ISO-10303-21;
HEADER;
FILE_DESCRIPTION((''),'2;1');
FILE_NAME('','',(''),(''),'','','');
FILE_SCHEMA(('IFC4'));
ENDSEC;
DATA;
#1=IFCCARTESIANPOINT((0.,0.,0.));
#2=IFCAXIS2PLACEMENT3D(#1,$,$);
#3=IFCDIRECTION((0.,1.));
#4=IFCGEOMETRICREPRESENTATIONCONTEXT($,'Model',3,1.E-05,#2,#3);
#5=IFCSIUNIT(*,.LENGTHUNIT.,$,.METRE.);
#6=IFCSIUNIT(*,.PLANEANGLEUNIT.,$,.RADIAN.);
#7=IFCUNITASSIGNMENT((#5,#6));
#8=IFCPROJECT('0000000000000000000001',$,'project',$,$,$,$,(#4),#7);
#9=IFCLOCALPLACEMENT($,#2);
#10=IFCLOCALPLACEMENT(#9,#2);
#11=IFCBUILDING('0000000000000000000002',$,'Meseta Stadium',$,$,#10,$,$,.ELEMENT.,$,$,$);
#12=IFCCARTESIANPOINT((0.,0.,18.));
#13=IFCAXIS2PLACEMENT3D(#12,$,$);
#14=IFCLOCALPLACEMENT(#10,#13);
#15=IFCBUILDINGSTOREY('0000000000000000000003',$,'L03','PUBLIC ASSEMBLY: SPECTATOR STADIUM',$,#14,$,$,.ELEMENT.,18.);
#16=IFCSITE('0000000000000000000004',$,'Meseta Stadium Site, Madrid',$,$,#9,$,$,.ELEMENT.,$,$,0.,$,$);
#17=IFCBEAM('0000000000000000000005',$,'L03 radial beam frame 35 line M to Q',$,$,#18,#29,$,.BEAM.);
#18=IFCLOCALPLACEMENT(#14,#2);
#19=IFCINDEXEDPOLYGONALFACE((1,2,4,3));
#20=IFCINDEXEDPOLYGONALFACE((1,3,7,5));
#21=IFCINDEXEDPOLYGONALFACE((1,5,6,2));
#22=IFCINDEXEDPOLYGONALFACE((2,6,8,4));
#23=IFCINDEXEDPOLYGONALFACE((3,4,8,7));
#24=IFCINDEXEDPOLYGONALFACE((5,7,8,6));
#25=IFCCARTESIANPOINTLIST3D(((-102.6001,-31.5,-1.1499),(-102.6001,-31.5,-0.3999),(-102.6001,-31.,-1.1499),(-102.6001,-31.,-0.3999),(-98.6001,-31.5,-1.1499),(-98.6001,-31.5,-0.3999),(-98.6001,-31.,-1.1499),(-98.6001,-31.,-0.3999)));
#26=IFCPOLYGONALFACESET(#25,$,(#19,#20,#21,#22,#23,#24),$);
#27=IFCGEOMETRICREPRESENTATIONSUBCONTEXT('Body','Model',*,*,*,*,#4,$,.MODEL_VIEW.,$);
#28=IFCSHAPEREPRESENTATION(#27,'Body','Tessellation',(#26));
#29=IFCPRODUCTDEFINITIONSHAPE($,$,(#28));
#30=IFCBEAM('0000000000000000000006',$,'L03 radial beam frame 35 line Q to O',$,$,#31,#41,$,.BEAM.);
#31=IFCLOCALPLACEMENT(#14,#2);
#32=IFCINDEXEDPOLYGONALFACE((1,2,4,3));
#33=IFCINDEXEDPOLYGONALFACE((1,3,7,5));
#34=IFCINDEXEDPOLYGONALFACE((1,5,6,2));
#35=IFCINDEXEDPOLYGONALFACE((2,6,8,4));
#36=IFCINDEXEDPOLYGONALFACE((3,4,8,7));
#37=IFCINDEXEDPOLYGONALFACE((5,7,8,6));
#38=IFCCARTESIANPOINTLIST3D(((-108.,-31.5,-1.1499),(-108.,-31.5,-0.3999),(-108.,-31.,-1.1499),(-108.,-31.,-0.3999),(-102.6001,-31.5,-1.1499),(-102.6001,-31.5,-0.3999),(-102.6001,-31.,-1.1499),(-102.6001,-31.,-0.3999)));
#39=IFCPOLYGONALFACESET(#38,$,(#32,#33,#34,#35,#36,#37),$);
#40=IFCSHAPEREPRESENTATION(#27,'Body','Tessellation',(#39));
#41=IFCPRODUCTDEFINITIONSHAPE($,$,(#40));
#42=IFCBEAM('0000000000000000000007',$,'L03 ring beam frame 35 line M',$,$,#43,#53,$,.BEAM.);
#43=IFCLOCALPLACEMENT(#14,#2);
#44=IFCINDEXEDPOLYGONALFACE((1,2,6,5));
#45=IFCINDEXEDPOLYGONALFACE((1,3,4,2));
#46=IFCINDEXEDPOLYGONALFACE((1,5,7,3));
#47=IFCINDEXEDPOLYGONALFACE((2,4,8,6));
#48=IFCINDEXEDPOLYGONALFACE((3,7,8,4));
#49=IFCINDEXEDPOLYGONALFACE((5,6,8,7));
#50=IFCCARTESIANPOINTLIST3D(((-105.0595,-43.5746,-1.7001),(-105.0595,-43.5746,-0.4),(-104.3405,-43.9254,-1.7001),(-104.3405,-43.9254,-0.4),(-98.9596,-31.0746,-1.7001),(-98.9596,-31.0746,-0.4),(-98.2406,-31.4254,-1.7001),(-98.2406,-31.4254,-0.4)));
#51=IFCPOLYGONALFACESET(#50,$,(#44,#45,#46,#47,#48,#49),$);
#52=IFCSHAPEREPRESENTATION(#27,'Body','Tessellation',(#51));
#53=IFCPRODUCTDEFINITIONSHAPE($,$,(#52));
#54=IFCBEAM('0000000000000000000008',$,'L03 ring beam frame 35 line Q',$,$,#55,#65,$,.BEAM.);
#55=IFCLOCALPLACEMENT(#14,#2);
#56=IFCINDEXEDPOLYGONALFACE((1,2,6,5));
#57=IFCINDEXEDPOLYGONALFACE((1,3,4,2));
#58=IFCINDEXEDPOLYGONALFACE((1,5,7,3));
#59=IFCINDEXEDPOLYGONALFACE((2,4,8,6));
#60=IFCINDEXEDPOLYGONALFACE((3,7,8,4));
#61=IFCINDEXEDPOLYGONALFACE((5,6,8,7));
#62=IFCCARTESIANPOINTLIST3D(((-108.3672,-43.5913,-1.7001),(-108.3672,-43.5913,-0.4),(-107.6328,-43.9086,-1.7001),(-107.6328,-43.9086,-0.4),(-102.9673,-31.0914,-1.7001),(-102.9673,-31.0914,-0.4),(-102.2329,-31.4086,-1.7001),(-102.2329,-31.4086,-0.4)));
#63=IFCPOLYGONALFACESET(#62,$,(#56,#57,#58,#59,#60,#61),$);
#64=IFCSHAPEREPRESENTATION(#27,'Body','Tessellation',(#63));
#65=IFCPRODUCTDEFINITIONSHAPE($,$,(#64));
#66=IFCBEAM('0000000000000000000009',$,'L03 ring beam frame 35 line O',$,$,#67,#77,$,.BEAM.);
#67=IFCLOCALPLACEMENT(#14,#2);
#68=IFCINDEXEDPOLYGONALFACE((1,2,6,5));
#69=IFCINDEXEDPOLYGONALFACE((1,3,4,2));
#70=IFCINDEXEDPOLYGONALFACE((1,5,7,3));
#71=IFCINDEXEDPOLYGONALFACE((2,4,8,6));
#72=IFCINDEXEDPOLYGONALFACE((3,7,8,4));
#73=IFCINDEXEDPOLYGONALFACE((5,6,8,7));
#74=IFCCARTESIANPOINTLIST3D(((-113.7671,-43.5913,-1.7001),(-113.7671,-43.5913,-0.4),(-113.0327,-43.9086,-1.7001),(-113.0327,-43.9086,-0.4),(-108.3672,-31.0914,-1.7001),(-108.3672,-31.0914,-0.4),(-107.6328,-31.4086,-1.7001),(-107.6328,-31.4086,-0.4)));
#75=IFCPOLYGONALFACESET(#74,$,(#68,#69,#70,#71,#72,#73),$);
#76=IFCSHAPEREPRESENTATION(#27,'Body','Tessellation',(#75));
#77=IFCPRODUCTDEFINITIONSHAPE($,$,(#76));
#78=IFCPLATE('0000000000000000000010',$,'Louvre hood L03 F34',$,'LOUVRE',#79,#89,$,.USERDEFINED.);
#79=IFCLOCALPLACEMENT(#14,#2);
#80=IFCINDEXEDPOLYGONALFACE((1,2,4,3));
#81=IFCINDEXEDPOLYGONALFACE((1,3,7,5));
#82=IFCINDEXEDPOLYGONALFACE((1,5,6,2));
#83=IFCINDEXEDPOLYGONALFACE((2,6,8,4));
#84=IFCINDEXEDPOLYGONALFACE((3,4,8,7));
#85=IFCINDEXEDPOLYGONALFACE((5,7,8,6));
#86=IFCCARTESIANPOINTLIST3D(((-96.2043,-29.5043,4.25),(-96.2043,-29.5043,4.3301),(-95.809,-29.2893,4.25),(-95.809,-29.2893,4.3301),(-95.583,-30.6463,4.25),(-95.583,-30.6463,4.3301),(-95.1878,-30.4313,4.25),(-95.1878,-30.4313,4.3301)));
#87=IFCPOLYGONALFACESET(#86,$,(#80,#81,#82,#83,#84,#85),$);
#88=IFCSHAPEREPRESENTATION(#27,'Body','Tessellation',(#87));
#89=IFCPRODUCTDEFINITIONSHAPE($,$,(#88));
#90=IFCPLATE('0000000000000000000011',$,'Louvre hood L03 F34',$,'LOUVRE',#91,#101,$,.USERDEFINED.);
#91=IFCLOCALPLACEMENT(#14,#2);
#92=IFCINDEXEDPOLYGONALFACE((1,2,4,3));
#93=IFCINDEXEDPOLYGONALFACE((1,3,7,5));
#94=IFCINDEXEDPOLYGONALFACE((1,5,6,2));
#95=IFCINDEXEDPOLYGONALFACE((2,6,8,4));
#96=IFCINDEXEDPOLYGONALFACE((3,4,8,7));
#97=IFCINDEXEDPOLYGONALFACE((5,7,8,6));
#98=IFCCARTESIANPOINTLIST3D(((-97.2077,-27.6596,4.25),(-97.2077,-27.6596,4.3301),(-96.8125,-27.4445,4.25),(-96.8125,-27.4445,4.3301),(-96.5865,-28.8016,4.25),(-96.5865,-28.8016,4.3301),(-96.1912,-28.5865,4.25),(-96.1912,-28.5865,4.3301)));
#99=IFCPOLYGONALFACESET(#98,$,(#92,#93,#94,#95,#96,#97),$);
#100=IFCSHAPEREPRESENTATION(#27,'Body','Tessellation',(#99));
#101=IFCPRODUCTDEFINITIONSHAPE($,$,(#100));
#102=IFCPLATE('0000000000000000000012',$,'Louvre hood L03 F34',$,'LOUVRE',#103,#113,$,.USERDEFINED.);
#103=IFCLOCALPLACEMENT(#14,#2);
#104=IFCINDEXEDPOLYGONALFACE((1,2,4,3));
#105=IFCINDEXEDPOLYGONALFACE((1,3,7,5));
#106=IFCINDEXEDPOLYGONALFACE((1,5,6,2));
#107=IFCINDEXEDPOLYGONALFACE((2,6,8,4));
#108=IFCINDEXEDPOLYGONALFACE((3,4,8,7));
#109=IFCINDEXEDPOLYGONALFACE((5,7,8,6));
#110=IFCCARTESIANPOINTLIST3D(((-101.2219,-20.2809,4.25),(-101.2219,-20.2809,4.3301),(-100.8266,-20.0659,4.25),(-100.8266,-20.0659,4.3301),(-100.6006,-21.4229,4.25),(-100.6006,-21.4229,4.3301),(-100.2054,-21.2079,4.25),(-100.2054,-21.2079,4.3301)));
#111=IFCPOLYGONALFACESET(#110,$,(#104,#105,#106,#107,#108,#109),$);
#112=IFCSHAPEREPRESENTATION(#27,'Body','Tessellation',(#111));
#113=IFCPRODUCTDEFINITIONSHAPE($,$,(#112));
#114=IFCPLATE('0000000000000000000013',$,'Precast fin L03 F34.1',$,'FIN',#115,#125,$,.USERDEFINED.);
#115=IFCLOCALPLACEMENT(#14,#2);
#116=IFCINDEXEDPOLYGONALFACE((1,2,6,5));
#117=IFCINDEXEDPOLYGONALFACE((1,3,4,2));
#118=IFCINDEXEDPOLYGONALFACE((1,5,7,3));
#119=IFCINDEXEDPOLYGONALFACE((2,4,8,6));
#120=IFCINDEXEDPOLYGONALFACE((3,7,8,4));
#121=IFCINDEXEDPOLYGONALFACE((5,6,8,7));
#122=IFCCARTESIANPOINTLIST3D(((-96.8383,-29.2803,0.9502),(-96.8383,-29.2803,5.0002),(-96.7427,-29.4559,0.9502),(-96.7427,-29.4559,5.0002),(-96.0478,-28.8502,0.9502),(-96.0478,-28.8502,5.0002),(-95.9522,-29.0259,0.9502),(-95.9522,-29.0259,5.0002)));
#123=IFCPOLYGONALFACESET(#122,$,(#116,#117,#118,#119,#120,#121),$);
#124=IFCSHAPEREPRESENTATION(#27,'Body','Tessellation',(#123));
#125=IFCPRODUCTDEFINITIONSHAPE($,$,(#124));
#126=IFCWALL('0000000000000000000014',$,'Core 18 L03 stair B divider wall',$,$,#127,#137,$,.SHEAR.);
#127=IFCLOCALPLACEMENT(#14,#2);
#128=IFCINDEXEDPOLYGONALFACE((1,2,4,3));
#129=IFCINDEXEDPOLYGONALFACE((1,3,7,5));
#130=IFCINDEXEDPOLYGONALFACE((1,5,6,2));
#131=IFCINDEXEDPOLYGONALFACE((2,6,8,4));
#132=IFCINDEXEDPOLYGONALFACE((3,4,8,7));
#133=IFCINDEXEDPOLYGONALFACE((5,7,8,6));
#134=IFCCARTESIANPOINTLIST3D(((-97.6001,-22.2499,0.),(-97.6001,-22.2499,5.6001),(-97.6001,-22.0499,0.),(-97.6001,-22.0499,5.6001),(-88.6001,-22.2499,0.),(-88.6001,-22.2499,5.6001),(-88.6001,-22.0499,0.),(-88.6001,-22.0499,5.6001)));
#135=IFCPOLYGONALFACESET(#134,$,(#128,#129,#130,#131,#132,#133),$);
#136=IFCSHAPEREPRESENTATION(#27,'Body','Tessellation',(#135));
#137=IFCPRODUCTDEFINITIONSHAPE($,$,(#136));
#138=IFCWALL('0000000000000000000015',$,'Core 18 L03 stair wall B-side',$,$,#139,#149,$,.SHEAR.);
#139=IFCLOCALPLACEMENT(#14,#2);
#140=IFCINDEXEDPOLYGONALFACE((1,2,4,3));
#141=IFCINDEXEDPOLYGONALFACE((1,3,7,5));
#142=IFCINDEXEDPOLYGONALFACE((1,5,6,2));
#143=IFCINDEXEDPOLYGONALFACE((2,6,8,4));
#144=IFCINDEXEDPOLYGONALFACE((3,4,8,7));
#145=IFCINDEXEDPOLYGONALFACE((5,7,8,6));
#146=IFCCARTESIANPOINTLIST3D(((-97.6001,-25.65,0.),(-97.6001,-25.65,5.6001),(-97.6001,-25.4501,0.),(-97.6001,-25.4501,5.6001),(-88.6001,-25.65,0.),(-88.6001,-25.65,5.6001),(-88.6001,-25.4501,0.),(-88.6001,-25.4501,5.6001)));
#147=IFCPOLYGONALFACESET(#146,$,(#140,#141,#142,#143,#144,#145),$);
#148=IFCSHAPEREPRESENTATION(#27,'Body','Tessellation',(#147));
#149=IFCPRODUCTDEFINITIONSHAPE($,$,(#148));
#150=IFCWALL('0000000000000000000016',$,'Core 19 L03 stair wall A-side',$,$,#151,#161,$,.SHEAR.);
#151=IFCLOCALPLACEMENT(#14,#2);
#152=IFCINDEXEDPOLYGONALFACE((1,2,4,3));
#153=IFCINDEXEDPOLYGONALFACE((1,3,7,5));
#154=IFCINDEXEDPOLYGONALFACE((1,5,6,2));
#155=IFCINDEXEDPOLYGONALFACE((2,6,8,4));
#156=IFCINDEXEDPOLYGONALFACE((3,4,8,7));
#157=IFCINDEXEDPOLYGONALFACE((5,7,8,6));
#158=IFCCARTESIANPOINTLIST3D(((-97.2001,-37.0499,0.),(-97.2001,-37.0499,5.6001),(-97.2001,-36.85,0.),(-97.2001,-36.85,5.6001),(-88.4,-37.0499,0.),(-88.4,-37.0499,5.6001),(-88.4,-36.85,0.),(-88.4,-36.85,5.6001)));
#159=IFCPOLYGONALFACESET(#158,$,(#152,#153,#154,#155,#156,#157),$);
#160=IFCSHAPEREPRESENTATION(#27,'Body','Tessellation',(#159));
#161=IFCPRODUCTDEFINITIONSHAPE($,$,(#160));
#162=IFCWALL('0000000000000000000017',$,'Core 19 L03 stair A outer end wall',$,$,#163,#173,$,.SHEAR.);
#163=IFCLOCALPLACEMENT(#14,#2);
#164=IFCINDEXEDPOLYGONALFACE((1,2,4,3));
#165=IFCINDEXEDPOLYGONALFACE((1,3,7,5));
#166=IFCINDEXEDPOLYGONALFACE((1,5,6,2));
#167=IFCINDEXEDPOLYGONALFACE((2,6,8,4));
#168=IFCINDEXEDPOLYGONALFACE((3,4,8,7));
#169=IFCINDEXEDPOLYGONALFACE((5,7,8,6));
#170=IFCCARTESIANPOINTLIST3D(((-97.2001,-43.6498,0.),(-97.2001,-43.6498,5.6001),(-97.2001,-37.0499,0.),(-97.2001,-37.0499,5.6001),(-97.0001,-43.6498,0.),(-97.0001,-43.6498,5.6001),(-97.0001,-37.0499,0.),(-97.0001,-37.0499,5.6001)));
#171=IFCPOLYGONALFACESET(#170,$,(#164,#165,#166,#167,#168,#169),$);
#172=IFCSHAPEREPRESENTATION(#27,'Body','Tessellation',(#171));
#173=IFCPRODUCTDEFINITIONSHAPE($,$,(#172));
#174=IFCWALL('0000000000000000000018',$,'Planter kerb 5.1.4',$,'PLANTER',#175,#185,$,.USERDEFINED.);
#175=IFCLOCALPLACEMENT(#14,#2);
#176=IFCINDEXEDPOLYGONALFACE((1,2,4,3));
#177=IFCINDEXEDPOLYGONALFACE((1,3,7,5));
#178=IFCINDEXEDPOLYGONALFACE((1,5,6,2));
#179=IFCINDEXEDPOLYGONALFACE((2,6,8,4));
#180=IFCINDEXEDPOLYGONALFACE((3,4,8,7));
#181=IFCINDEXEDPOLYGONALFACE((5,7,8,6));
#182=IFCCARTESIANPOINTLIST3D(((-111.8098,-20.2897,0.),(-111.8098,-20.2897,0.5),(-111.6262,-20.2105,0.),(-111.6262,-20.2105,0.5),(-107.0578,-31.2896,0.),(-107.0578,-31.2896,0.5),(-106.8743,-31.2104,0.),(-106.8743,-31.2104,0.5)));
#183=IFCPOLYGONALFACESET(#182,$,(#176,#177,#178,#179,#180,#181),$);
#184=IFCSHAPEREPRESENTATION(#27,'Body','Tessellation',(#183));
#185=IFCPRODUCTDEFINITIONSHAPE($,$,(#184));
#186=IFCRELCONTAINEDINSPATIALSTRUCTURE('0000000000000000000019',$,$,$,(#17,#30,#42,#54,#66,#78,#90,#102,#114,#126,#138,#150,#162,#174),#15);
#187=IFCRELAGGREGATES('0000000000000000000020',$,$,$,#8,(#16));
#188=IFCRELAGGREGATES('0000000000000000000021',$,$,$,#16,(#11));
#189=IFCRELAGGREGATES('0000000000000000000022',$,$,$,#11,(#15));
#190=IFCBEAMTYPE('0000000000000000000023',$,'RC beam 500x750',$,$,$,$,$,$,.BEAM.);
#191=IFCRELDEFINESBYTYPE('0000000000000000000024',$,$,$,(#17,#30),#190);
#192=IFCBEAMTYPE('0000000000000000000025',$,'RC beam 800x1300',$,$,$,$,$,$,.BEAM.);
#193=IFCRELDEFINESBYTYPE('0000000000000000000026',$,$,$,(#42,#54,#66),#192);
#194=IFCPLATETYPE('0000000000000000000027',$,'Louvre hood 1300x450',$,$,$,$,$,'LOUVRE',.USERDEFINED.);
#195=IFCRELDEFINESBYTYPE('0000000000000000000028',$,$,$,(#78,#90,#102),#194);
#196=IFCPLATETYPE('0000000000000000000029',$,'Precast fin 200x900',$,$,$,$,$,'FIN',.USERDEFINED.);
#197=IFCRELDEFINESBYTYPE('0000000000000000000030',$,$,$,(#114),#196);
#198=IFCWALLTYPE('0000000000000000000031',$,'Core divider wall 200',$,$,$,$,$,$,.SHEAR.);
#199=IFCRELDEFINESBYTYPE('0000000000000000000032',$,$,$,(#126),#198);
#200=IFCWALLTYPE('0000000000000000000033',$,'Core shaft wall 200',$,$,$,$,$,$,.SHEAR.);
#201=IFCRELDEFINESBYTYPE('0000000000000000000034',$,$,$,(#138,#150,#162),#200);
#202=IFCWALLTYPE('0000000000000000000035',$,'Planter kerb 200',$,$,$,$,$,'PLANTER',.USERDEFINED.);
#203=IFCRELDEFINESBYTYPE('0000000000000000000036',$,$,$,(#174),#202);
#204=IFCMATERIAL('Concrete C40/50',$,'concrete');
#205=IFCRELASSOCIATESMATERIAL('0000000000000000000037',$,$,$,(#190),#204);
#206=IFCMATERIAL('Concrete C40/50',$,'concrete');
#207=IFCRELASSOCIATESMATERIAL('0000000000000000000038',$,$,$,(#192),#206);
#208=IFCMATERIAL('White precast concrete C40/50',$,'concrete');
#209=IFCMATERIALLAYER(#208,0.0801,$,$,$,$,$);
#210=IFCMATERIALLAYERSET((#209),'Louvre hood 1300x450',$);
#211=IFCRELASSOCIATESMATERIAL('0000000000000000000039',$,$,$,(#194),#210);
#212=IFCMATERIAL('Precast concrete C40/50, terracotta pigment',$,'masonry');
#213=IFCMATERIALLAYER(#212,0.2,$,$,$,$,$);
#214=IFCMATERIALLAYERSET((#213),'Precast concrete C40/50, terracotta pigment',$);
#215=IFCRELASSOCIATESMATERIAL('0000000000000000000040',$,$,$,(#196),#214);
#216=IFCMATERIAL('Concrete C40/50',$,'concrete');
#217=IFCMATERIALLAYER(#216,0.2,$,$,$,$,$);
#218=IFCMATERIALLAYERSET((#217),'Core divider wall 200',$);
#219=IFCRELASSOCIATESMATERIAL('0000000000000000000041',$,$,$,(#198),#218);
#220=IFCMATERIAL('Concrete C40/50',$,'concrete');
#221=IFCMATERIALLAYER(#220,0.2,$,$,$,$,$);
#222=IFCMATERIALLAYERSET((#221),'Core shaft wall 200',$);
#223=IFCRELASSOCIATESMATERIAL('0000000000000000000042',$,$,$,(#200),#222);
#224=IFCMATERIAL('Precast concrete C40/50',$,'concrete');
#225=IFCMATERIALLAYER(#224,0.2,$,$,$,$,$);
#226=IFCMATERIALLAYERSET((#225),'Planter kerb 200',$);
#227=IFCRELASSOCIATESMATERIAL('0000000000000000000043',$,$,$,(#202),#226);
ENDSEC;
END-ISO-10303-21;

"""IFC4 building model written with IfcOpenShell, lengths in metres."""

from ifc_helpers import new_model, si_unit, direction, frame, frame_2d, origin, origin_2d, place, context, subcontext, project, spatial, rectangle, extrude, material, layer, layer_set, material_profile, profile_set, type_object, element, save


model = new_model("IFC4")

# Units and contexts
model_context = context("Model", 3, precision=1e-05, world=origin(), true_north=direction((0.0, 1.0)))
body_context = subcontext(model_context, "Body", "Model", "MODEL_VIEW")
ifc_project = project(units=[si_unit("LENGTHUNIT", "METRE"), si_unit("PLANEANGLEUNIT", "RADIAN")], contexts=[model_context])

# Site, building, storey
site_placement = place(None, origin())
site = spatial("IfcSite", under=ifc_project, at=site_placement, Name="Meseta Stadium Site, Madrid", CompositionType="ELEMENT", RefElevation=0.0)
building_placement = place(site_placement, origin())
building = spatial("IfcBuilding", under=site, at=building_placement, Name="Meseta Stadium", CompositionType="ELEMENT")
storey_placement = place(building_placement, frame((0.0, 0.0, 18.0)))
storey = spatial("IfcBuildingStorey", under=building, at=storey_placement, Name="L03", Description="PUBLIC ASSEMBLY: SPECTATOR STADIUM", CompositionType="ELEMENT", Elevation=18.0)

# Beams
ifc_material_1 = material(Name="Concrete C40/50", Category="concrete")
ifc_material_profile_1 = material_profile(ifc_material_1, rectangle(XDim=0.5, YDim=0.75, at=origin_2d()), Name="RC 500x750")
ifc_profile_set_1 = profile_set([ifc_material_profile_1], Name="Concrete C40/50")
beam_type_1 = type_object("IfcBeamType", Name="RC beam 500x750", PredefinedType="BEAM", material=ifc_profile_set_1)
beam_1_placement = place(storey_placement, frame((-98.6001, -31.25, -0.7749), z_axis=(-1.0, 0.0, 0.0), x_axis=(0.0, -1.0, 0.0)))
element("IfcBeam", 1, at=beam_1_placement, inside=storey, type_object=beam_type_1, Name="L03 radial beam frame 35 line M to Q", PredefinedType="BEAM", context=body_context, shape_type="SweptSolid", body=[
    extrude(rectangle(XDim=0.5, YDim=0.75, at=origin_2d()), origin(), (0.0, 0.0, 1.0), 4.0),
])
beam_2_placement = place(storey_placement, frame((-102.6001, -31.25, -0.7749), z_axis=(-1.0, 0.0, 0.0), x_axis=(0.0, -1.0, 0.0)))
element("IfcBeam", 2, at=beam_2_placement, inside=storey, type_object=beam_type_1, Name="L03 radial beam frame 35 line Q to O", PredefinedType="BEAM", context=body_context, shape_type="SweptSolid", body=[
    extrude(rectangle(XDim=0.5, YDim=0.75, at=origin_2d()), origin(), (0.0, 0.0, 1.0), 5.3999),
])
ifc_material_2 = material(Name="Concrete C40/50", Category="concrete")
ifc_material_profile_2 = material_profile(ifc_material_2, rectangle(XDim=0.8, YDim=1.3, at=origin_2d()), Name="RC 800x1300")
ifc_profile_set_2 = profile_set([ifc_material_profile_2], Name="Concrete C40/50")
beam_type_2 = type_object("IfcBeamType", Name="RC beam 800x1300", PredefinedType="BEAM", material=ifc_profile_set_2)
beam_3_placement = place(storey_placement, frame((-98.6001, -31.25, -1.05), z_axis=(-0.438557, -0.898703, 0.0), x_axis=(0.898703, -0.438557, 0.0)))
element("IfcBeam", 3, at=beam_3_placement, inside=storey, type_object=beam_type_2, Name="L03 ring beam frame 35 line M", PredefinedType="BEAM", context=body_context, shape_type="SweptSolid", body=[
    extrude(rectangle(XDim=0.8, YDim=1.3, at=origin_2d()), origin(), (0.0, 0.0, 1.0), 13.9089),
])
for number, where, z_axis, x_axis, name in (
    (4, (-102.6001, -31.25, -1.05), (-0.396571, -0.918004, 0.0), (0.918004, -0.396571, 0.0), "L03 ring beam frame 35 line Q"),
    (5, (-108.0, -31.25, -1.05), (-0.396571, -0.918004, 0.0), (0.918004, -0.396571, 0.0), "L03 ring beam frame 35 line O"),
):
    element("IfcBeam", number, at=place(storey_placement, frame(where, z_axis=z_axis, x_axis=x_axis)), inside=storey, type_object=beam_type_2, Name=name, PredefinedType="BEAM", context=body_context, shape_type="SweptSolid", body=[
        extrude(rectangle(XDim=0.8, YDim=1.3, at=origin_2d()), origin(), (0.0, 0.0, 1.0), 13.6165),
    ])

# Plates
ifc_material_3 = material(Name="White precast concrete C40/50", Category="concrete")
ifc_layer_1 = layer(ifc_material_3, 0.0801)
ifc_layer_set_1 = layer_set([ifc_layer_1], Name="Louvre hood 1300x450")
plate_type_1 = type_object("IfcPlateType", Name="Louvre hood 1300x450", ElementType="LOUVRE", PredefinedType="USERDEFINED", material=ifc_layer_set_1)
for number, where, z_axis, x_axis, name in (
    (6, (-95.696, -29.9678, 4.25), (0.0, 0.0, 1.0), (0.477867, -0.878432, 0.0), "Louvre hood L03 F34"),
    (7, (-96.6995, -28.123, 4.25), (0.0, 0.0, 1.0), (0.477867, -0.878432, 0.0), "Louvre hood L03 F34"),
    (8, (-100.7136, -20.7444, 4.25), (0.0, 0.0, 1.0), (0.477867, -0.878432, 0.0), "Louvre hood L03 F34"),
):
    element("IfcPlate", number, at=place(storey_placement, frame(where, z_axis=z_axis, x_axis=x_axis)), inside=storey, type_object=plate_type_1, Name=name, ObjectType="LOUVRE", PredefinedType="USERDEFINED", context=body_context, shape_type="SweptSolid", body=[
        extrude(rectangle(XDim=1.3, YDim=0.45, at=origin_2d()), origin(), (0.0, 0.0, 1.0), 0.0801),
    ])
ifc_material_4 = material(Name="Precast concrete C40/50, terracotta pigment", Category="masonry")
ifc_layer_2 = layer(ifc_material_4, 0.2)
ifc_layer_set_2 = layer_set([ifc_layer_2], Name="Precast concrete C40/50, terracotta pigment")
plate_type_2 = type_object("IfcPlateType", Name="Precast fin 200x900", ElementType="FIN", PredefinedType="USERDEFINED", material=ifc_layer_set_2)
plate_placement = place(storey_placement, frame((-96.3953, -29.1531, 0.9502), z_axis=(0.0, 0.0, 1.0), x_axis=(-0.477867, 0.878432, 0.0)))
element("IfcPlate", 9, at=plate_placement, inside=storey, type_object=plate_type_2, Name="Precast fin L03 F34.1", ObjectType="FIN", PredefinedType="USERDEFINED", context=body_context, shape_type="SweptSolid", body=[
    extrude(rectangle(XDim=0.2, YDim=0.8999, at=origin_2d()), origin(), (0.0, 0.0, 1.0), 4.05),
])

# Walls
ifc_material_5 = material(Name="Concrete C40/50", Category="concrete")
ifc_layer_3 = layer(ifc_material_5, 0.2)
ifc_layer_set_3 = layer_set([ifc_layer_3], Name="Core divider wall 200")
wall_type_1 = type_object("IfcWallType", Name="Core divider wall 200", PredefinedType="SHEAR", material=ifc_layer_set_3)
wall_1_placement = place(storey_placement, frame((-97.6001, -22.1499, 0.0), z_axis=(0.0, 0.0, 1.0), x_axis=(1.0, 0.0, 0.0)))
element("IfcWall", 10, at=wall_1_placement, inside=storey, type_object=wall_type_1, Name="Core 18 L03 stair B divider wall", PredefinedType="SHEAR", context=body_context, shape_type="SweptSolid", body=[
    extrude(rectangle(XDim=9.0, YDim=0.2, at=frame_2d((4.5, 0.0))), origin(), (0.0, 0.0, 1.0), 5.6001),
])
ifc_material_6 = material(Name="Concrete C40/50", Category="concrete")
ifc_layer_4 = layer(ifc_material_6, 0.2)
ifc_layer_set_4 = layer_set([ifc_layer_4], Name="Core shaft wall 200")
wall_type_2 = type_object("IfcWallType", Name="Core shaft wall 200", PredefinedType="SHEAR", material=ifc_layer_set_4)
wall_2_placement = place(storey_placement, frame((-97.6001, -25.55, 0.0), z_axis=(0.0, 0.0, 1.0), x_axis=(1.0, 0.0, 0.0)))
element("IfcWall", 11, at=wall_2_placement, inside=storey, type_object=wall_type_2, Name="Core 18 L03 stair wall B-side", PredefinedType="SHEAR", context=body_context, shape_type="SweptSolid", body=[
    extrude(rectangle(XDim=9.0, YDim=0.2, at=frame_2d((4.5, 0.0))), origin(), (0.0, 0.0, 1.0), 5.6001),
])
wall_3_placement = place(storey_placement, frame((-97.2, -36.95, 0.0), z_axis=(0.0, 0.0, 1.0), x_axis=(1.0, 0.0, 0.0)))
element("IfcWall", 12, at=wall_3_placement, inside=storey, type_object=wall_type_2, Name="Core 19 L03 stair wall A-side", PredefinedType="SHEAR", context=body_context, shape_type="SweptSolid", body=[
    extrude(rectangle(XDim=8.8, YDim=0.2, at=frame_2d((4.3999, 0.0))), origin(), (0.0, 0.0, 1.0), 5.6001),
])
wall_4_placement = place(storey_placement, frame((-97.1001, -37.05, 0.0), z_axis=(0.0, 0.0, 1.0), x_axis=(0.0, -1.0, 0.0)))
element("IfcWall", 13, at=wall_4_placement, inside=storey, type_object=wall_type_2, Name="Core 19 L03 stair A outer end wall", PredefinedType="SHEAR", context=body_context, shape_type="SweptSolid", body=[
    extrude(rectangle(XDim=6.5999, YDim=0.2, at=frame_2d((3.2998, 0.0))), origin(), (0.0, 0.0, 1.0), 5.6001),
])
ifc_material_7 = material(Name="Precast concrete C40/50", Category="concrete")
ifc_layer_5 = layer(ifc_material_7, 0.2)
ifc_layer_set_5 = layer_set([ifc_layer_5], Name="Planter kerb 200")
wall_type_3 = type_object("IfcWallType", Name="Planter kerb 200", ElementType="PLANTER", PredefinedType="USERDEFINED", material=ifc_layer_set_5)
wall_5_placement = place(storey_placement, frame((-106.9661, -31.25, 0.0), z_axis=(0.0, 0.0, 1.0), x_axis=(-0.396573, 0.918003, 0.0)))
element("IfcWall", 14, at=wall_5_placement, inside=storey, type_object=wall_type_3, Name="Planter kerb 5.1.4", ObjectType="PLANTER", PredefinedType="USERDEFINED", context=body_context, shape_type="SweptSolid", body=[
    extrude(rectangle(XDim=11.9824, YDim=0.2, at=frame_2d((5.9912, 0.0))), origin(), (0.0, 0.0, 1.0), 0.5),
])

save(model, "model.ifc")
